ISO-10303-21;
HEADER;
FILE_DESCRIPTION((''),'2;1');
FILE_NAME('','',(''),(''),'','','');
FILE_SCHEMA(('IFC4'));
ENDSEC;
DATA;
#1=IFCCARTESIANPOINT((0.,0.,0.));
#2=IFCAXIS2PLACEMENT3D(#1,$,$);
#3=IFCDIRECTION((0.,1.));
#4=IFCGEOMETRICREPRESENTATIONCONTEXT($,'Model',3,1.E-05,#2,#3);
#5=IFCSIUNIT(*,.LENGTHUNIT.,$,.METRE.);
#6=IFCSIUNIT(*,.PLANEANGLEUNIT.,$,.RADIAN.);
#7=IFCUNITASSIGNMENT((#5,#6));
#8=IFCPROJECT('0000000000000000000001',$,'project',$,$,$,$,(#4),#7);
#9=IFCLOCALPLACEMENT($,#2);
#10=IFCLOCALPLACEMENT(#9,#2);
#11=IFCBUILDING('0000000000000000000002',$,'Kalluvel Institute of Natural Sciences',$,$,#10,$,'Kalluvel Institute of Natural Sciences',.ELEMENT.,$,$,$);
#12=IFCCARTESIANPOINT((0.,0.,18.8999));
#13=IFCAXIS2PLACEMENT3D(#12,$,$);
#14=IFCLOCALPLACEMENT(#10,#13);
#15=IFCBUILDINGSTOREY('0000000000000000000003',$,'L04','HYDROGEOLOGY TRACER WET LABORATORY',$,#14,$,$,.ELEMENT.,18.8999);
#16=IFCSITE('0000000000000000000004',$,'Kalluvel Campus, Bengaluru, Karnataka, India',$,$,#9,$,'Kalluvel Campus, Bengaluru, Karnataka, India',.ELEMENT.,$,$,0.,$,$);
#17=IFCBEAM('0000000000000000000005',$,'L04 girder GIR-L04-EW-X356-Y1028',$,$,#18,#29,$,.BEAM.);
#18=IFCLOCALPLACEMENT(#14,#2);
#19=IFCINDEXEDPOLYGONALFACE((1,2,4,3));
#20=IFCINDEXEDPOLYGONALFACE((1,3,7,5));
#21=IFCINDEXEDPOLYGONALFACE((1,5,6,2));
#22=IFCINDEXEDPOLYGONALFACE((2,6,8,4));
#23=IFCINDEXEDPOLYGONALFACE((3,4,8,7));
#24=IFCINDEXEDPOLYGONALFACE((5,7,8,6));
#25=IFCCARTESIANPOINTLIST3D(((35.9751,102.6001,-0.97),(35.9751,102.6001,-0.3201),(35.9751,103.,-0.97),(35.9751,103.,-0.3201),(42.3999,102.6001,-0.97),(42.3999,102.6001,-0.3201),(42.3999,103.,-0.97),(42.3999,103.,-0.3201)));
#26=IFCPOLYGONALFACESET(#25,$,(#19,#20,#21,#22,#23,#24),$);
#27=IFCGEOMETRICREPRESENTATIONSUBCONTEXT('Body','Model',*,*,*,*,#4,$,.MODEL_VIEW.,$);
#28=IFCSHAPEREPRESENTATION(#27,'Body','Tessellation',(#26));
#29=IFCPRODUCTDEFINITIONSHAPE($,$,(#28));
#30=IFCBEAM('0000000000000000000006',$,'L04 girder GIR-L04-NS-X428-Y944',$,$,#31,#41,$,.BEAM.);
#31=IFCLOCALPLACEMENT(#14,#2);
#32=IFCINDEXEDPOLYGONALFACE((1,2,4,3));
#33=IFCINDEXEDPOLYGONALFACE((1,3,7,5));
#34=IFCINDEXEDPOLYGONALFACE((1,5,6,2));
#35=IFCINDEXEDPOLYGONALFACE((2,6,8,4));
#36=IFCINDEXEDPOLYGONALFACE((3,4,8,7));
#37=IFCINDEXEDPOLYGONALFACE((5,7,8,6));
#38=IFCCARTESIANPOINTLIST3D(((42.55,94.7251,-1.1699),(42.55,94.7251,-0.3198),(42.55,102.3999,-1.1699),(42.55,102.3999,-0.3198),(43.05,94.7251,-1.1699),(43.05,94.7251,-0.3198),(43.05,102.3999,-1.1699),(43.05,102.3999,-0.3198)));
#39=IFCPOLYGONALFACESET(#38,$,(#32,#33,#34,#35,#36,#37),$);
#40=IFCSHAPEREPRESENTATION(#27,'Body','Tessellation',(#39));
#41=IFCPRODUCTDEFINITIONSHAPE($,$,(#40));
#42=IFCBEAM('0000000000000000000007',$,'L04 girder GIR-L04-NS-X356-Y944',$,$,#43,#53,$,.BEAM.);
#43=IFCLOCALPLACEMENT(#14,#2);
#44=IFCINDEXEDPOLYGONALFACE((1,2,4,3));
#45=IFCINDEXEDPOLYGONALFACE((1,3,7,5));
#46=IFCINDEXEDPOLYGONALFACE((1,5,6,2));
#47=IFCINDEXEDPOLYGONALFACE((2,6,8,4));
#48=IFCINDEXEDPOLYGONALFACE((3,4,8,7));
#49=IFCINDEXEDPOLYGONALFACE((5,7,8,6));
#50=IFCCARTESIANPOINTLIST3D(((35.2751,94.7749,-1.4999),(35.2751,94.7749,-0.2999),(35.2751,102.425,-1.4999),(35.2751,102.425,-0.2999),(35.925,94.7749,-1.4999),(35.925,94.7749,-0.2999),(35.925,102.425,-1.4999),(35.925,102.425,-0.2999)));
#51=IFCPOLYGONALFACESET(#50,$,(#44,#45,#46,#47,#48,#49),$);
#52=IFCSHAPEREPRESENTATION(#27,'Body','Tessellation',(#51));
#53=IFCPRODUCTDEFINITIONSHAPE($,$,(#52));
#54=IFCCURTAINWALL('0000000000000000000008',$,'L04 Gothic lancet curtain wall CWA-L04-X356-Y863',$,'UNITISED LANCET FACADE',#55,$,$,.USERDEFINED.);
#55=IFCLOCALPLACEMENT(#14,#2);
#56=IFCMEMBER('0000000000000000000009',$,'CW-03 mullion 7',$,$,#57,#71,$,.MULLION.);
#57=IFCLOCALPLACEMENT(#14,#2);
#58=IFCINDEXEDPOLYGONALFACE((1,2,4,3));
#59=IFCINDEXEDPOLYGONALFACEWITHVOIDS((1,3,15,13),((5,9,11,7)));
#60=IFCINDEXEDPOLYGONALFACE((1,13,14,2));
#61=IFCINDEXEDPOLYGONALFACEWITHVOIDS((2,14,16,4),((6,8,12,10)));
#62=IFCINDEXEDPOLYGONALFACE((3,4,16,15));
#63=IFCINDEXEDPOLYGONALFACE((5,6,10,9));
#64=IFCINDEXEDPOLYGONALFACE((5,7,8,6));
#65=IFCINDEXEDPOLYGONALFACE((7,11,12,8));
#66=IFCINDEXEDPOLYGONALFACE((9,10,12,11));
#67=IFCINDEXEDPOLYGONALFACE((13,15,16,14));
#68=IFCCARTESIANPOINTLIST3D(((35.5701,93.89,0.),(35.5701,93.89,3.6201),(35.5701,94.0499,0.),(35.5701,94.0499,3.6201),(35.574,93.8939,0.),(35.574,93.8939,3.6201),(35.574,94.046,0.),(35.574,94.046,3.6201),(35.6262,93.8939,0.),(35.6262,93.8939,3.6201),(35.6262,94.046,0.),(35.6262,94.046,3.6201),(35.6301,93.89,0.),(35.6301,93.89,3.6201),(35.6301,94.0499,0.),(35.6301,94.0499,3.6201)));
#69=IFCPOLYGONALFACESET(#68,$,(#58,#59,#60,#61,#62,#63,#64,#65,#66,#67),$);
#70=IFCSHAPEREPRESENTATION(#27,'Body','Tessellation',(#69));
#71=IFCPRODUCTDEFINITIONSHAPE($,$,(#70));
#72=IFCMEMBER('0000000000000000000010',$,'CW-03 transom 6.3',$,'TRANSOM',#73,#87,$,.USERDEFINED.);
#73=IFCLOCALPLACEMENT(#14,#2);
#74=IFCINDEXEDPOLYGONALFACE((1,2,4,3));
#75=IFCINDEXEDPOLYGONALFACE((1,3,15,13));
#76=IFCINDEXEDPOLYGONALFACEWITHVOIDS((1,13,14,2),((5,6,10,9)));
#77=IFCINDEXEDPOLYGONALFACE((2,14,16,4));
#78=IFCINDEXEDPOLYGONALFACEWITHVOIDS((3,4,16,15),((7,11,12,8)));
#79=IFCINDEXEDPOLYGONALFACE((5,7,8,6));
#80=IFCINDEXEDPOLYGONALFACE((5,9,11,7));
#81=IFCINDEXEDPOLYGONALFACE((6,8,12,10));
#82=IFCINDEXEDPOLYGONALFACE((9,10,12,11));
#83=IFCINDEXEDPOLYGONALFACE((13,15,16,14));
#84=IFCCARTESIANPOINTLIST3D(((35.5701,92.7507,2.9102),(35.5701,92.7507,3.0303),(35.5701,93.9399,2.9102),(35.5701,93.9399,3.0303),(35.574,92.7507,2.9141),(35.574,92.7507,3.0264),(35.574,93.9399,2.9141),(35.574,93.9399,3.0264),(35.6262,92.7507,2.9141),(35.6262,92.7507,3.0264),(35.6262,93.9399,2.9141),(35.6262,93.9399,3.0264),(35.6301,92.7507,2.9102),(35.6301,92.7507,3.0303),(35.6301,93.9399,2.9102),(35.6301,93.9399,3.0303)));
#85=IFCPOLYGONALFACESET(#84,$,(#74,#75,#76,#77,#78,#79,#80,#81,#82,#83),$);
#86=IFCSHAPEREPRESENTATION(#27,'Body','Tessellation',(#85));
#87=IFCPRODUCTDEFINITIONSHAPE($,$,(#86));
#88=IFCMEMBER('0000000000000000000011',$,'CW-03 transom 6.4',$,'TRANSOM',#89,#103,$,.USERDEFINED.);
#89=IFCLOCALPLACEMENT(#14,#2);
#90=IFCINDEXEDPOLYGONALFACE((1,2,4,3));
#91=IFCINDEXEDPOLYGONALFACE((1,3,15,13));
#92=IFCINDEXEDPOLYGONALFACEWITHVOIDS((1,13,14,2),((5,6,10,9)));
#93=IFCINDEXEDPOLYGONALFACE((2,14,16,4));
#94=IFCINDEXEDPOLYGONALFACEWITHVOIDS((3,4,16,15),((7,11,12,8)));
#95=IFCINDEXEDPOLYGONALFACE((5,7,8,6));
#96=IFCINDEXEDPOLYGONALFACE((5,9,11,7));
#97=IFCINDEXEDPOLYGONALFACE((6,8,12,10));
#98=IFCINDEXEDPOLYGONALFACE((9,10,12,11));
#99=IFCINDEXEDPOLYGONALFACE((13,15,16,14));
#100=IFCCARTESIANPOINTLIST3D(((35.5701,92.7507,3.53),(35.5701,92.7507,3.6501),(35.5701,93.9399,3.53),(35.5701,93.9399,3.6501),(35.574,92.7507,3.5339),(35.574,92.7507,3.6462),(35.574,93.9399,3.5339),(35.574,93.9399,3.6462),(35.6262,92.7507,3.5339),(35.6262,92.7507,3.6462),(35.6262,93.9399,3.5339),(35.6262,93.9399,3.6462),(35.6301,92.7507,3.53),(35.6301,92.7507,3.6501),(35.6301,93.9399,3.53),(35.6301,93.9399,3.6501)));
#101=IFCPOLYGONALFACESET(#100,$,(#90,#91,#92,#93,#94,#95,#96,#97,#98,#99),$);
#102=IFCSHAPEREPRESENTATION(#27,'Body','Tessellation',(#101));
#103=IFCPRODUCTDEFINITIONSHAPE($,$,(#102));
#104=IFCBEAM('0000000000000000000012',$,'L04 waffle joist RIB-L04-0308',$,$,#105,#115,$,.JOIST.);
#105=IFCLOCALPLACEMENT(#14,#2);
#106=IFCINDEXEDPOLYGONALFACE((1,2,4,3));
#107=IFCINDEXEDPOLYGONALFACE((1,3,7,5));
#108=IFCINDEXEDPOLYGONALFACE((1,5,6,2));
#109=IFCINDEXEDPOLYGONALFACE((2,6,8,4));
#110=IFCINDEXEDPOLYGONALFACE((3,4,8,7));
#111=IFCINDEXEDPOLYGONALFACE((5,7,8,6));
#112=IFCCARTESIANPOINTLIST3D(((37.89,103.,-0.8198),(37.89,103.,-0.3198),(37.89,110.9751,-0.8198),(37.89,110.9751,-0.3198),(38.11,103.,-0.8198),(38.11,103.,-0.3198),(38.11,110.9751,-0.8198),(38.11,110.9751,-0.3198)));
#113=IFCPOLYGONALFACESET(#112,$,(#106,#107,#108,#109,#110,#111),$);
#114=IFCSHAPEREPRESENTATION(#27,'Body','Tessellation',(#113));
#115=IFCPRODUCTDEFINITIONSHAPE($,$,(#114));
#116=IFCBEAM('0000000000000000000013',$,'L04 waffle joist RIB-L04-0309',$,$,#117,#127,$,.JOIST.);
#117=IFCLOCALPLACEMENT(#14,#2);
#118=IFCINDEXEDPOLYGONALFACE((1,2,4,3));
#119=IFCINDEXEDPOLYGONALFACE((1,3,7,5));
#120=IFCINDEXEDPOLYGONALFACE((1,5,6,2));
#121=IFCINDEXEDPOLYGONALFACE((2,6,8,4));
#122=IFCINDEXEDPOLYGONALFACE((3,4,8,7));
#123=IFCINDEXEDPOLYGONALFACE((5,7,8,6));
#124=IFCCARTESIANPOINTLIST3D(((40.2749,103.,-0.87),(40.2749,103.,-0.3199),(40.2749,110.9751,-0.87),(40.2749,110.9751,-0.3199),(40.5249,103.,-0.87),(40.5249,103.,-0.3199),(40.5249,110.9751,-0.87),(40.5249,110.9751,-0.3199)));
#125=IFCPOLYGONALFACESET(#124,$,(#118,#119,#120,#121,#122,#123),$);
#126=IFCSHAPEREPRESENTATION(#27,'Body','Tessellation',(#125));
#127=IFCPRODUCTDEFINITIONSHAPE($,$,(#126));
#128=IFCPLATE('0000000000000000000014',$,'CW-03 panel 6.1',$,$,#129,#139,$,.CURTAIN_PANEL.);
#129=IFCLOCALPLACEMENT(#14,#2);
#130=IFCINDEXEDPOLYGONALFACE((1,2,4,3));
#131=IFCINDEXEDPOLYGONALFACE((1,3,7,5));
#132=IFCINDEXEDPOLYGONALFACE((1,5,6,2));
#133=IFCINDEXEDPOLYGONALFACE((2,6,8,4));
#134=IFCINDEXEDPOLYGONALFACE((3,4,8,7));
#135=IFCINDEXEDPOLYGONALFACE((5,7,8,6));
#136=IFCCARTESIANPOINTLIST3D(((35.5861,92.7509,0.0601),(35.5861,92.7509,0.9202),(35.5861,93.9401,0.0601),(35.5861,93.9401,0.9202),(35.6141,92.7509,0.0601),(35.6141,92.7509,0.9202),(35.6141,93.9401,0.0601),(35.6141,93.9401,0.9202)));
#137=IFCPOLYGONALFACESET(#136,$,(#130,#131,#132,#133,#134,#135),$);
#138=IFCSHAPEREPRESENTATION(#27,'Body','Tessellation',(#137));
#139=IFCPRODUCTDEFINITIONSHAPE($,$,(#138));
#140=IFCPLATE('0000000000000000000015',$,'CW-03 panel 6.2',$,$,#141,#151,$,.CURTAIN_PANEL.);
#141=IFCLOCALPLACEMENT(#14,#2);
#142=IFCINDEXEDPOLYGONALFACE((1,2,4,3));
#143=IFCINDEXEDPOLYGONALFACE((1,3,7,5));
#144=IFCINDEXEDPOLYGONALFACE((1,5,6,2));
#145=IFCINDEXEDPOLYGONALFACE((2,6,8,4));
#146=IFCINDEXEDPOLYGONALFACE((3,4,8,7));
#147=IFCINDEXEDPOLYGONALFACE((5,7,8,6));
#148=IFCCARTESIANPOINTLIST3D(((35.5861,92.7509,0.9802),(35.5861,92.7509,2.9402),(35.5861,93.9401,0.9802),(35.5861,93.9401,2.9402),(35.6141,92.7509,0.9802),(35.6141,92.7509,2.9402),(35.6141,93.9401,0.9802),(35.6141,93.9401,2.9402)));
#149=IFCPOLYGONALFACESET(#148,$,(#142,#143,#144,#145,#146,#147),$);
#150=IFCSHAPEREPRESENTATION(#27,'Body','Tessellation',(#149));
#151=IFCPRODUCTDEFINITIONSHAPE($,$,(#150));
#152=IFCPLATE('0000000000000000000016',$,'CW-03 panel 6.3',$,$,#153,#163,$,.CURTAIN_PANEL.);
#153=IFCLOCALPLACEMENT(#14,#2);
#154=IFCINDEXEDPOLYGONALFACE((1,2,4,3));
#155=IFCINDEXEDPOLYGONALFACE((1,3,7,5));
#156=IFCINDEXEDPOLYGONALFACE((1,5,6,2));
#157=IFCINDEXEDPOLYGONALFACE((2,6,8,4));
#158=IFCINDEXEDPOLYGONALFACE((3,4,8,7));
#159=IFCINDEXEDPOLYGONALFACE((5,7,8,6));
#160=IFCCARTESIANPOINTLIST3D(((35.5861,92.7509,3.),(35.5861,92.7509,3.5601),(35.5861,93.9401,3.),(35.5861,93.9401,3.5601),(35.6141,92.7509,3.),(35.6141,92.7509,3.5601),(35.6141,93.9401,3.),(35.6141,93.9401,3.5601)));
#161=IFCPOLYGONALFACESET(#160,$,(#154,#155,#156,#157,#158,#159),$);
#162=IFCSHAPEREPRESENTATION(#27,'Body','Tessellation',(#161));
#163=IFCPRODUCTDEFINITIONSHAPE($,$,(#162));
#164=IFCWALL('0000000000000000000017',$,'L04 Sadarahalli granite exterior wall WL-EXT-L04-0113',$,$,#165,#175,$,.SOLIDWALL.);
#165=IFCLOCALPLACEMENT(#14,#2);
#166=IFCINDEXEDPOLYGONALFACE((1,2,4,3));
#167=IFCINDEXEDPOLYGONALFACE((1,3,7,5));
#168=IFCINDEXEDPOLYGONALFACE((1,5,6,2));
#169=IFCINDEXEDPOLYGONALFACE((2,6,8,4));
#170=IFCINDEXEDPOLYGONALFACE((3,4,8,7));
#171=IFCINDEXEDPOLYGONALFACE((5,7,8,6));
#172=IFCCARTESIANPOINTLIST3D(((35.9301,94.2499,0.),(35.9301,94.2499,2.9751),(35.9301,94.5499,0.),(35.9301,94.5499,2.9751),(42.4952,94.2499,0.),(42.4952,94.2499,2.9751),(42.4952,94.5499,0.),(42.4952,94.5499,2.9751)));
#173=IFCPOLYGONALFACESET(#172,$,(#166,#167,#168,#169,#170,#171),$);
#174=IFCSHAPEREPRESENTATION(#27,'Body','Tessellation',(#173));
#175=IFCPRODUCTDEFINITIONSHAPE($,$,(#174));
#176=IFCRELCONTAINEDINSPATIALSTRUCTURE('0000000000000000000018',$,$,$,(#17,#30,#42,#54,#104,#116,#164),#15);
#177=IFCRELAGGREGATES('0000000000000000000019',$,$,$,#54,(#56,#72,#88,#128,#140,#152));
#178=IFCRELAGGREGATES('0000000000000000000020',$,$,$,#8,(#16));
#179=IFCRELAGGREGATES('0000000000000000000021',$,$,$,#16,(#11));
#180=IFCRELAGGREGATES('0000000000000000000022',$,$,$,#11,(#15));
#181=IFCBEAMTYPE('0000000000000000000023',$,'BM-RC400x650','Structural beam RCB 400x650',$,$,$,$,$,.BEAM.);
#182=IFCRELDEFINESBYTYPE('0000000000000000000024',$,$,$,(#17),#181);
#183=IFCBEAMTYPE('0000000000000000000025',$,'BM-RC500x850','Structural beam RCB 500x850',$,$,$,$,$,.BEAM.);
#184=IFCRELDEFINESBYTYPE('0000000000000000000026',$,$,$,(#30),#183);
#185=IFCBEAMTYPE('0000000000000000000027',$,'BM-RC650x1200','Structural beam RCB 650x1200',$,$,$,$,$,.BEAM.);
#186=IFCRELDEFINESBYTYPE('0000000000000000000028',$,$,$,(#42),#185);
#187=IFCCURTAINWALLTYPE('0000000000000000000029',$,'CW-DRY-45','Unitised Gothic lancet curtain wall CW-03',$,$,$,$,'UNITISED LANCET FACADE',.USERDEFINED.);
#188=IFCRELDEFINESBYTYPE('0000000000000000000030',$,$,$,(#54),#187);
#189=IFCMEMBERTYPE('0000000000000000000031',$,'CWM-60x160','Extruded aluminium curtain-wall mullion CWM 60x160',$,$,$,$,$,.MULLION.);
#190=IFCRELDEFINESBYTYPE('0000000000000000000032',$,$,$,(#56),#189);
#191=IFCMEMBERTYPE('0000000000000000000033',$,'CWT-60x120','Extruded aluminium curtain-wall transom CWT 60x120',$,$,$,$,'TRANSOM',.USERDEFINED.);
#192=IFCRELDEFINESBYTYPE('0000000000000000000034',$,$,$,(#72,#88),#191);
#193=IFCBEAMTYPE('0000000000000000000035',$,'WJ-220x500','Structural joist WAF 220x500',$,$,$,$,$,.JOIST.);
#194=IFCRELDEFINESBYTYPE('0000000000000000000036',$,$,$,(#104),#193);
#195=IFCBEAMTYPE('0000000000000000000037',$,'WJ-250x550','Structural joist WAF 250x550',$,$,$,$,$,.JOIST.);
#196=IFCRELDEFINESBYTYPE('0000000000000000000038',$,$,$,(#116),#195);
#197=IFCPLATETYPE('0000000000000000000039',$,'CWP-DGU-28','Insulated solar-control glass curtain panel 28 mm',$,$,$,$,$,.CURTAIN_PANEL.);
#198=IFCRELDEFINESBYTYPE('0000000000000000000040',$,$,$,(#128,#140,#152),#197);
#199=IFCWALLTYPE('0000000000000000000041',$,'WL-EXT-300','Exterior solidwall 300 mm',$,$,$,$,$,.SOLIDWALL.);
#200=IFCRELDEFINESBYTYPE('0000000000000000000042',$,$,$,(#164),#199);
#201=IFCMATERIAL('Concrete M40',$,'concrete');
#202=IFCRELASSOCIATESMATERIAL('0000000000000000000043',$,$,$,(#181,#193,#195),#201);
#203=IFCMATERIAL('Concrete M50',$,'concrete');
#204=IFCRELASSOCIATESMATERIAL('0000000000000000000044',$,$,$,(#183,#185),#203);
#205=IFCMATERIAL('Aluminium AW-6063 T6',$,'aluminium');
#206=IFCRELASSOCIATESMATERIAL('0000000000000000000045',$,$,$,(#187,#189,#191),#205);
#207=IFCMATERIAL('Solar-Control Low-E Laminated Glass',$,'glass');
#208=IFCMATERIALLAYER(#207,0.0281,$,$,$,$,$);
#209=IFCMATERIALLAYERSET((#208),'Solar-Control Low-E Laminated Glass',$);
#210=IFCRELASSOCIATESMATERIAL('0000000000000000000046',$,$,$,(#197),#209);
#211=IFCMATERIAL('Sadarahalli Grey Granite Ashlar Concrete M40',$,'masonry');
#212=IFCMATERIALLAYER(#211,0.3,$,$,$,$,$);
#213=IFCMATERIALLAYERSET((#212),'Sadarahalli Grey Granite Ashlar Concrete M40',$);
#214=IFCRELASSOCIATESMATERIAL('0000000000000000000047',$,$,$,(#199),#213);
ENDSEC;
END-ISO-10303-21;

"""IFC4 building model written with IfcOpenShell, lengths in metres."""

from ifc_helpers import new_model, si_unit, direction, frame, frame_2d, origin, origin_2d, place, context, subcontext, project, spatial, rectangle, hollow_rectangle, extrude, material, layer, layer_set, material_profile, profile_set, type_object, element, aggregate, save


model = new_model("IFC4")

# Units and contexts
model_context = context("Model", 3, precision=1e-05, world=origin(), true_north=direction((0.0, 1.0)))
body_context = subcontext(model_context, "Body", "Model", "MODEL_VIEW")
ifc_project = project(units=[si_unit("LENGTHUNIT", "METRE"), si_unit("PLANEANGLEUNIT", "RADIAN")], contexts=[model_context])

# Site, building, storey
site_placement = place(None, origin())
site = spatial("IfcSite", under=ifc_project, at=site_placement, Name="Kalluvel Campus, Bengaluru, Karnataka, India", LongName="Kalluvel Campus, Bengaluru, Karnataka, India", CompositionType="ELEMENT", RefElevation=0.0)
building_placement = place(site_placement, origin())
building = spatial("IfcBuilding", under=site, at=building_placement, Name="Kalluvel Institute of Natural Sciences", LongName="Kalluvel Institute of Natural Sciences", CompositionType="ELEMENT")
storey_placement = place(building_placement, frame((0.0, 0.0, 18.8999)))
storey = spatial("IfcBuildingStorey", under=building, at=storey_placement, Name="L04", Description="HYDROGEOLOGY TRACER WET LABORATORY", CompositionType="ELEMENT", Elevation=18.8999)

# Shared definitions
ifc_material_1 = material(Name="Concrete M50", Category="concrete")
ifc_material_2 = material(Name="Concrete M40", Category="concrete")

# Beams
ifc_material_profile_1 = material_profile(ifc_material_2, rectangle(XDim=0.3999, YDim=0.6499, at=origin_2d()), Name="RCB 400x650")
ifc_profile_set_1 = profile_set([ifc_material_profile_1], Name="Concrete M40")
beam_type_1 = type_object("IfcBeamType", Name="BM-RC400x650", Description="Structural beam RCB 400x650", PredefinedType="BEAM", material=ifc_profile_set_1)
beam_1_placement = place(storey_placement, frame((35.9751, 102.8, -0.645), z_axis=(1.0, 0.0, 0.0), x_axis=(0.0, 1.0, 0.0)))
element("IfcBeam", 1, at=beam_1_placement, inside=storey, type_object=beam_type_1, Name="L04 girder GIR-L04-EW-X356-Y1028", PredefinedType="BEAM", context=body_context, shape_type="SweptSolid", body=[
    extrude(rectangle(XDim=0.3999, YDim=0.6499, at=origin_2d()), origin(), (0.0, 0.0, 1.0), 6.4248),
])
ifc_material_profile_2 = material_profile(ifc_material_1, rectangle(XDim=0.5, YDim=0.8501, at=origin_2d()), Name="RCB 500x850")
ifc_profile_set_2 = profile_set([ifc_material_profile_2], Name="Concrete M50")
beam_type_2 = type_object("IfcBeamType", Name="BM-RC500x850", Description="Structural beam RCB 500x850", PredefinedType="BEAM", material=ifc_profile_set_2)
beam_2_placement = place(storey_placement, frame((42.8, 94.7251, -0.7449), z_axis=(0.0, 1.0, 0.0), x_axis=(-1.0, 0.0, 0.0)))
element("IfcBeam", 2, at=beam_2_placement, inside=storey, type_object=beam_type_2, Name="L04 girder GIR-L04-NS-X428-Y944", PredefinedType="BEAM", context=body_context, shape_type="SweptSolid", body=[
    extrude(rectangle(XDim=0.5, YDim=0.8501, at=origin_2d()), origin(), (0.0, 0.0, 1.0), 7.6748),
])
ifc_material_profile_3 = material_profile(ifc_material_1, rectangle(XDim=0.6499, YDim=1.2, at=origin_2d()), Name="RCB 650x1200")
ifc_profile_set_3 = profile_set([ifc_material_profile_3], Name="Concrete M50")
beam_type_3 = type_object("IfcBeamType", Name="BM-RC650x1200", Description="Structural beam RCB 650x1200", PredefinedType="BEAM", material=ifc_profile_set_3)
beam_3_placement = place(storey_placement, frame((35.6001, 94.7749, -0.8999), z_axis=(0.0, 1.0, 0.0), x_axis=(-1.0, 0.0, 0.0)))
element("IfcBeam", 3, at=beam_3_placement, inside=storey, type_object=beam_type_3, Name="L04 girder GIR-L04-NS-X356-Y944", PredefinedType="BEAM", context=body_context, shape_type="SweptSolid", body=[
    extrude(rectangle(XDim=0.6499, YDim=1.2, at=origin_2d()), origin(), (0.0, 0.0, 1.0), 7.6501),
])

# Curtain wall, members
ifc_material_3 = material(Name="Aluminium AW-6063 T6", Category="aluminium")
curtain_wall_type = type_object("IfcCurtainWallType", Name="CW-DRY-45", Description="Unitised Gothic lancet curtain wall CW-03", ElementType="UNITISED LANCET FACADE", PredefinedType="USERDEFINED", material=ifc_material_3)
curtain_wall_placement = place(storey_placement, origin())
curtain_wall = element("IfcCurtainWall", 4, at=curtain_wall_placement, inside=storey, type_object=curtain_wall_type, Name="L04 Gothic lancet curtain wall CWA-L04-X356-Y863", ObjectType="UNITISED LANCET FACADE", PredefinedType="USERDEFINED")
ifc_material_profile_4 = material_profile(ifc_material_3, hollow_rectangle(XDim=0.0601, YDim=0.1599, WallThickness=0.0039, at=origin_2d()), Name="CWM 60x160")
ifc_profile_set_4 = profile_set([ifc_material_profile_4], Name="Aluminium AW-6063 T6")
member_type_1 = type_object("IfcMemberType", Name="CWM-60x160", Description="Extruded aluminium curtain-wall mullion CWM 60x160", PredefinedType="MULLION", material=ifc_profile_set_4)
member_1_placement = place(storey_placement, frame((35.6001, 93.97, 0.0), z_axis=(0.0, 0.0, 1.0), x_axis=(-1.0, 0.0, 0.0)))
member_1 = element("IfcMember", 5, at=member_1_placement, type_object=member_type_1, Name="CW-03 mullion 7", PredefinedType="MULLION", context=body_context, shape_type="SweptSolid", body=[
    extrude(hollow_rectangle(XDim=0.0601, YDim=0.1599, WallThickness=0.0039, at=origin_2d()), origin(), (0.0, 0.0, 1.0), 3.6201),
])
ifc_material_profile_5 = material_profile(ifc_material_3, hollow_rectangle(XDim=0.0601, YDim=0.1201, WallThickness=0.0039, at=origin_2d()), Name="CWT 60x120")
ifc_profile_set_5 = profile_set([ifc_material_profile_5], Name="Aluminium AW-6063 T6")
member_type_2 = type_object("IfcMemberType", Name="CWT-60x120", Description="Extruded aluminium curtain-wall transom CWT 60x120", ElementType="TRANSOM", PredefinedType="USERDEFINED", material=ifc_profile_set_5)
member_2_placement = place(storey_placement, frame((35.6001, 92.7507, 2.9702), z_axis=(0.0, 1.0, 0.0), x_axis=(-1.0, 0.0, 0.0)))
member_2 = element("IfcMember", 6, at=member_2_placement, type_object=member_type_2, Name="CW-03 transom 6.3", ObjectType="TRANSOM", PredefinedType="USERDEFINED", context=body_context, shape_type="SweptSolid", body=[
    extrude(hollow_rectangle(XDim=0.0601, YDim=0.1201, WallThickness=0.0039, at=origin_2d()), origin(), (0.0, 0.0, 1.0), 1.1892),
])
member_3_placement = place(storey_placement, frame((35.6001, 92.7507, 3.5901), z_axis=(0.0, 1.0, 0.0), x_axis=(-1.0, 0.0, 0.0)))
member_3 = element("IfcMember", 7, at=member_3_placement, type_object=member_type_2, Name="CW-03 transom 6.4", ObjectType="TRANSOM", PredefinedType="USERDEFINED", context=body_context, shape_type="SweptSolid", body=[
    extrude(hollow_rectangle(XDim=0.0601, YDim=0.1201, WallThickness=0.0039, at=origin_2d()), origin(), (0.0, 0.0, 1.0), 1.1892),
])

# Beams
ifc_material_profile_6 = material_profile(ifc_material_2, rectangle(XDim=0.22, YDim=0.5, at=origin_2d()), Name="WAF 220x500")
ifc_profile_set_6 = profile_set([ifc_material_profile_6], Name="Concrete M40")
beam_type_4 = type_object("IfcBeamType", Name="WJ-220x500", Description="Structural joist WAF 220x500", PredefinedType="JOIST", material=ifc_profile_set_6)
beam_4_placement = place(storey_placement, frame((38.0, 103.0, -0.5698), z_axis=(0.0, 1.0, 0.0), x_axis=(-1.0, 0.0, 0.0)))
element("IfcBeam", 8, at=beam_4_placement, inside=storey, type_object=beam_type_4, Name="L04 waffle joist RIB-L04-0308", PredefinedType="JOIST", context=body_context, shape_type="SweptSolid", body=[
    extrude(rectangle(XDim=0.22, YDim=0.5, at=origin_2d()), origin(), (0.0, 0.0, 1.0), 7.9751),
])
ifc_material_profile_7 = material_profile(ifc_material_2, rectangle(XDim=0.25, YDim=0.55, at=origin_2d()), Name="WAF 250x550")
ifc_profile_set_7 = profile_set([ifc_material_profile_7], Name="Concrete M40")
beam_type_5 = type_object("IfcBeamType", Name="WJ-250x550", Description="Structural joist WAF 250x550", PredefinedType="JOIST", material=ifc_profile_set_7)
beam_5_placement = place(storey_placement, frame((40.3999, 103.0, -0.595), z_axis=(0.0, 1.0, 0.0), x_axis=(-1.0, 0.0, 0.0)))
element("IfcBeam", 9, at=beam_5_placement, inside=storey, type_object=beam_type_5, Name="L04 waffle joist RIB-L04-0309", PredefinedType="JOIST", context=body_context, shape_type="SweptSolid", body=[
    extrude(rectangle(XDim=0.25, YDim=0.55, at=origin_2d()), origin(), (0.0, 0.0, 1.0), 7.9751),
])

# Plates
ifc_material_4 = material(Name="Solar-Control Low-E Laminated Glass", Category="glass")
ifc_layer_1 = layer(ifc_material_4, 0.0281)
ifc_layer_set_1 = layer_set([ifc_layer_1], Name="Solar-Control Low-E Laminated Glass")
plate_type = type_object("IfcPlateType", Name="CWP-DGU-28", Description="Insulated solar-control glass curtain panel 28 mm", PredefinedType="CURTAIN_PANEL", material=ifc_layer_set_1)
plate_1_placement = place(storey_placement, frame((35.6001, 93.3455, 0.0601), z_axis=(0.0, 0.0, 1.0), x_axis=(0.0, 1.0, 0.0)))
plate_1 = element("IfcPlate", 10, at=plate_1_placement, type_object=plate_type, Name="CW-03 panel 6.1", PredefinedType="CURTAIN_PANEL", context=body_context, shape_type="SweptSolid", body=[
    extrude(rectangle(XDim=1.1892, YDim=0.0281, at=origin_2d()), origin(), (0.0, 0.0, 1.0), 0.8601),
])
plate_2_placement = place(storey_placement, frame((35.6001, 93.3455, 0.9802), z_axis=(0.0, 0.0, 1.0), x_axis=(0.0, 1.0, 0.0)))
plate_2 = element("IfcPlate", 11, at=plate_2_placement, type_object=plate_type, Name="CW-03 panel 6.2", PredefinedType="CURTAIN_PANEL", context=body_context, shape_type="SweptSolid", body=[
    extrude(rectangle(XDim=1.1892, YDim=0.0281, at=origin_2d()), origin(), (0.0, 0.0, 1.0), 1.96),
])
plate_3_placement = place(storey_placement, frame((35.6001, 93.3455, 3.0), z_axis=(0.0, 0.0, 1.0), x_axis=(0.0, 1.0, 0.0)))
plate_3 = element("IfcPlate", 12, at=plate_3_placement, type_object=plate_type, Name="CW-03 panel 6.3", PredefinedType="CURTAIN_PANEL", context=body_context, shape_type="SweptSolid", body=[
    extrude(rectangle(XDim=1.1892, YDim=0.0281, at=origin_2d()), origin(), (0.0, 0.0, 1.0), 0.5601),
])
aggregate(curtain_wall, [member_1, member_2, member_3, plate_1, plate_2, plate_3])

# Wall
ifc_material_5 = material(Name="Sadarahalli Grey Granite Ashlar Concrete M40", Category="masonry")
ifc_layer_2 = layer(ifc_material_5, 0.3)
ifc_layer_set_2 = layer_set([ifc_layer_2], Name="Sadarahalli Grey Granite Ashlar Concrete M40")
wall_type_1 = type_object("IfcWallType", Name="WL-EXT-300", Description="Exterior solidwall 300 mm", PredefinedType="SOLIDWALL", material=ifc_layer_set_2)
wall_1_placement = place(storey_placement, frame((35.9299, 94.3999, 0.0), z_axis=(0.0, 0.0, 1.0), x_axis=(1.0, 0.0, 0.0)))
element("IfcWall", 13, at=wall_1_placement, inside=storey, type_object=wall_type_1, Name="L04 Sadarahalli granite exterior wall WL-EXT-L04-0113", PredefinedType="SOLIDWALL", context=body_context, shape_type="SweptSolid", body=[
    extrude(rectangle(XDim=6.5652, YDim=0.3, at=frame_2d((3.2827, 0.0))), origin(), (0.0, 0.0, 1.0), 2.9751),
])

save(model, "model.ifc")
